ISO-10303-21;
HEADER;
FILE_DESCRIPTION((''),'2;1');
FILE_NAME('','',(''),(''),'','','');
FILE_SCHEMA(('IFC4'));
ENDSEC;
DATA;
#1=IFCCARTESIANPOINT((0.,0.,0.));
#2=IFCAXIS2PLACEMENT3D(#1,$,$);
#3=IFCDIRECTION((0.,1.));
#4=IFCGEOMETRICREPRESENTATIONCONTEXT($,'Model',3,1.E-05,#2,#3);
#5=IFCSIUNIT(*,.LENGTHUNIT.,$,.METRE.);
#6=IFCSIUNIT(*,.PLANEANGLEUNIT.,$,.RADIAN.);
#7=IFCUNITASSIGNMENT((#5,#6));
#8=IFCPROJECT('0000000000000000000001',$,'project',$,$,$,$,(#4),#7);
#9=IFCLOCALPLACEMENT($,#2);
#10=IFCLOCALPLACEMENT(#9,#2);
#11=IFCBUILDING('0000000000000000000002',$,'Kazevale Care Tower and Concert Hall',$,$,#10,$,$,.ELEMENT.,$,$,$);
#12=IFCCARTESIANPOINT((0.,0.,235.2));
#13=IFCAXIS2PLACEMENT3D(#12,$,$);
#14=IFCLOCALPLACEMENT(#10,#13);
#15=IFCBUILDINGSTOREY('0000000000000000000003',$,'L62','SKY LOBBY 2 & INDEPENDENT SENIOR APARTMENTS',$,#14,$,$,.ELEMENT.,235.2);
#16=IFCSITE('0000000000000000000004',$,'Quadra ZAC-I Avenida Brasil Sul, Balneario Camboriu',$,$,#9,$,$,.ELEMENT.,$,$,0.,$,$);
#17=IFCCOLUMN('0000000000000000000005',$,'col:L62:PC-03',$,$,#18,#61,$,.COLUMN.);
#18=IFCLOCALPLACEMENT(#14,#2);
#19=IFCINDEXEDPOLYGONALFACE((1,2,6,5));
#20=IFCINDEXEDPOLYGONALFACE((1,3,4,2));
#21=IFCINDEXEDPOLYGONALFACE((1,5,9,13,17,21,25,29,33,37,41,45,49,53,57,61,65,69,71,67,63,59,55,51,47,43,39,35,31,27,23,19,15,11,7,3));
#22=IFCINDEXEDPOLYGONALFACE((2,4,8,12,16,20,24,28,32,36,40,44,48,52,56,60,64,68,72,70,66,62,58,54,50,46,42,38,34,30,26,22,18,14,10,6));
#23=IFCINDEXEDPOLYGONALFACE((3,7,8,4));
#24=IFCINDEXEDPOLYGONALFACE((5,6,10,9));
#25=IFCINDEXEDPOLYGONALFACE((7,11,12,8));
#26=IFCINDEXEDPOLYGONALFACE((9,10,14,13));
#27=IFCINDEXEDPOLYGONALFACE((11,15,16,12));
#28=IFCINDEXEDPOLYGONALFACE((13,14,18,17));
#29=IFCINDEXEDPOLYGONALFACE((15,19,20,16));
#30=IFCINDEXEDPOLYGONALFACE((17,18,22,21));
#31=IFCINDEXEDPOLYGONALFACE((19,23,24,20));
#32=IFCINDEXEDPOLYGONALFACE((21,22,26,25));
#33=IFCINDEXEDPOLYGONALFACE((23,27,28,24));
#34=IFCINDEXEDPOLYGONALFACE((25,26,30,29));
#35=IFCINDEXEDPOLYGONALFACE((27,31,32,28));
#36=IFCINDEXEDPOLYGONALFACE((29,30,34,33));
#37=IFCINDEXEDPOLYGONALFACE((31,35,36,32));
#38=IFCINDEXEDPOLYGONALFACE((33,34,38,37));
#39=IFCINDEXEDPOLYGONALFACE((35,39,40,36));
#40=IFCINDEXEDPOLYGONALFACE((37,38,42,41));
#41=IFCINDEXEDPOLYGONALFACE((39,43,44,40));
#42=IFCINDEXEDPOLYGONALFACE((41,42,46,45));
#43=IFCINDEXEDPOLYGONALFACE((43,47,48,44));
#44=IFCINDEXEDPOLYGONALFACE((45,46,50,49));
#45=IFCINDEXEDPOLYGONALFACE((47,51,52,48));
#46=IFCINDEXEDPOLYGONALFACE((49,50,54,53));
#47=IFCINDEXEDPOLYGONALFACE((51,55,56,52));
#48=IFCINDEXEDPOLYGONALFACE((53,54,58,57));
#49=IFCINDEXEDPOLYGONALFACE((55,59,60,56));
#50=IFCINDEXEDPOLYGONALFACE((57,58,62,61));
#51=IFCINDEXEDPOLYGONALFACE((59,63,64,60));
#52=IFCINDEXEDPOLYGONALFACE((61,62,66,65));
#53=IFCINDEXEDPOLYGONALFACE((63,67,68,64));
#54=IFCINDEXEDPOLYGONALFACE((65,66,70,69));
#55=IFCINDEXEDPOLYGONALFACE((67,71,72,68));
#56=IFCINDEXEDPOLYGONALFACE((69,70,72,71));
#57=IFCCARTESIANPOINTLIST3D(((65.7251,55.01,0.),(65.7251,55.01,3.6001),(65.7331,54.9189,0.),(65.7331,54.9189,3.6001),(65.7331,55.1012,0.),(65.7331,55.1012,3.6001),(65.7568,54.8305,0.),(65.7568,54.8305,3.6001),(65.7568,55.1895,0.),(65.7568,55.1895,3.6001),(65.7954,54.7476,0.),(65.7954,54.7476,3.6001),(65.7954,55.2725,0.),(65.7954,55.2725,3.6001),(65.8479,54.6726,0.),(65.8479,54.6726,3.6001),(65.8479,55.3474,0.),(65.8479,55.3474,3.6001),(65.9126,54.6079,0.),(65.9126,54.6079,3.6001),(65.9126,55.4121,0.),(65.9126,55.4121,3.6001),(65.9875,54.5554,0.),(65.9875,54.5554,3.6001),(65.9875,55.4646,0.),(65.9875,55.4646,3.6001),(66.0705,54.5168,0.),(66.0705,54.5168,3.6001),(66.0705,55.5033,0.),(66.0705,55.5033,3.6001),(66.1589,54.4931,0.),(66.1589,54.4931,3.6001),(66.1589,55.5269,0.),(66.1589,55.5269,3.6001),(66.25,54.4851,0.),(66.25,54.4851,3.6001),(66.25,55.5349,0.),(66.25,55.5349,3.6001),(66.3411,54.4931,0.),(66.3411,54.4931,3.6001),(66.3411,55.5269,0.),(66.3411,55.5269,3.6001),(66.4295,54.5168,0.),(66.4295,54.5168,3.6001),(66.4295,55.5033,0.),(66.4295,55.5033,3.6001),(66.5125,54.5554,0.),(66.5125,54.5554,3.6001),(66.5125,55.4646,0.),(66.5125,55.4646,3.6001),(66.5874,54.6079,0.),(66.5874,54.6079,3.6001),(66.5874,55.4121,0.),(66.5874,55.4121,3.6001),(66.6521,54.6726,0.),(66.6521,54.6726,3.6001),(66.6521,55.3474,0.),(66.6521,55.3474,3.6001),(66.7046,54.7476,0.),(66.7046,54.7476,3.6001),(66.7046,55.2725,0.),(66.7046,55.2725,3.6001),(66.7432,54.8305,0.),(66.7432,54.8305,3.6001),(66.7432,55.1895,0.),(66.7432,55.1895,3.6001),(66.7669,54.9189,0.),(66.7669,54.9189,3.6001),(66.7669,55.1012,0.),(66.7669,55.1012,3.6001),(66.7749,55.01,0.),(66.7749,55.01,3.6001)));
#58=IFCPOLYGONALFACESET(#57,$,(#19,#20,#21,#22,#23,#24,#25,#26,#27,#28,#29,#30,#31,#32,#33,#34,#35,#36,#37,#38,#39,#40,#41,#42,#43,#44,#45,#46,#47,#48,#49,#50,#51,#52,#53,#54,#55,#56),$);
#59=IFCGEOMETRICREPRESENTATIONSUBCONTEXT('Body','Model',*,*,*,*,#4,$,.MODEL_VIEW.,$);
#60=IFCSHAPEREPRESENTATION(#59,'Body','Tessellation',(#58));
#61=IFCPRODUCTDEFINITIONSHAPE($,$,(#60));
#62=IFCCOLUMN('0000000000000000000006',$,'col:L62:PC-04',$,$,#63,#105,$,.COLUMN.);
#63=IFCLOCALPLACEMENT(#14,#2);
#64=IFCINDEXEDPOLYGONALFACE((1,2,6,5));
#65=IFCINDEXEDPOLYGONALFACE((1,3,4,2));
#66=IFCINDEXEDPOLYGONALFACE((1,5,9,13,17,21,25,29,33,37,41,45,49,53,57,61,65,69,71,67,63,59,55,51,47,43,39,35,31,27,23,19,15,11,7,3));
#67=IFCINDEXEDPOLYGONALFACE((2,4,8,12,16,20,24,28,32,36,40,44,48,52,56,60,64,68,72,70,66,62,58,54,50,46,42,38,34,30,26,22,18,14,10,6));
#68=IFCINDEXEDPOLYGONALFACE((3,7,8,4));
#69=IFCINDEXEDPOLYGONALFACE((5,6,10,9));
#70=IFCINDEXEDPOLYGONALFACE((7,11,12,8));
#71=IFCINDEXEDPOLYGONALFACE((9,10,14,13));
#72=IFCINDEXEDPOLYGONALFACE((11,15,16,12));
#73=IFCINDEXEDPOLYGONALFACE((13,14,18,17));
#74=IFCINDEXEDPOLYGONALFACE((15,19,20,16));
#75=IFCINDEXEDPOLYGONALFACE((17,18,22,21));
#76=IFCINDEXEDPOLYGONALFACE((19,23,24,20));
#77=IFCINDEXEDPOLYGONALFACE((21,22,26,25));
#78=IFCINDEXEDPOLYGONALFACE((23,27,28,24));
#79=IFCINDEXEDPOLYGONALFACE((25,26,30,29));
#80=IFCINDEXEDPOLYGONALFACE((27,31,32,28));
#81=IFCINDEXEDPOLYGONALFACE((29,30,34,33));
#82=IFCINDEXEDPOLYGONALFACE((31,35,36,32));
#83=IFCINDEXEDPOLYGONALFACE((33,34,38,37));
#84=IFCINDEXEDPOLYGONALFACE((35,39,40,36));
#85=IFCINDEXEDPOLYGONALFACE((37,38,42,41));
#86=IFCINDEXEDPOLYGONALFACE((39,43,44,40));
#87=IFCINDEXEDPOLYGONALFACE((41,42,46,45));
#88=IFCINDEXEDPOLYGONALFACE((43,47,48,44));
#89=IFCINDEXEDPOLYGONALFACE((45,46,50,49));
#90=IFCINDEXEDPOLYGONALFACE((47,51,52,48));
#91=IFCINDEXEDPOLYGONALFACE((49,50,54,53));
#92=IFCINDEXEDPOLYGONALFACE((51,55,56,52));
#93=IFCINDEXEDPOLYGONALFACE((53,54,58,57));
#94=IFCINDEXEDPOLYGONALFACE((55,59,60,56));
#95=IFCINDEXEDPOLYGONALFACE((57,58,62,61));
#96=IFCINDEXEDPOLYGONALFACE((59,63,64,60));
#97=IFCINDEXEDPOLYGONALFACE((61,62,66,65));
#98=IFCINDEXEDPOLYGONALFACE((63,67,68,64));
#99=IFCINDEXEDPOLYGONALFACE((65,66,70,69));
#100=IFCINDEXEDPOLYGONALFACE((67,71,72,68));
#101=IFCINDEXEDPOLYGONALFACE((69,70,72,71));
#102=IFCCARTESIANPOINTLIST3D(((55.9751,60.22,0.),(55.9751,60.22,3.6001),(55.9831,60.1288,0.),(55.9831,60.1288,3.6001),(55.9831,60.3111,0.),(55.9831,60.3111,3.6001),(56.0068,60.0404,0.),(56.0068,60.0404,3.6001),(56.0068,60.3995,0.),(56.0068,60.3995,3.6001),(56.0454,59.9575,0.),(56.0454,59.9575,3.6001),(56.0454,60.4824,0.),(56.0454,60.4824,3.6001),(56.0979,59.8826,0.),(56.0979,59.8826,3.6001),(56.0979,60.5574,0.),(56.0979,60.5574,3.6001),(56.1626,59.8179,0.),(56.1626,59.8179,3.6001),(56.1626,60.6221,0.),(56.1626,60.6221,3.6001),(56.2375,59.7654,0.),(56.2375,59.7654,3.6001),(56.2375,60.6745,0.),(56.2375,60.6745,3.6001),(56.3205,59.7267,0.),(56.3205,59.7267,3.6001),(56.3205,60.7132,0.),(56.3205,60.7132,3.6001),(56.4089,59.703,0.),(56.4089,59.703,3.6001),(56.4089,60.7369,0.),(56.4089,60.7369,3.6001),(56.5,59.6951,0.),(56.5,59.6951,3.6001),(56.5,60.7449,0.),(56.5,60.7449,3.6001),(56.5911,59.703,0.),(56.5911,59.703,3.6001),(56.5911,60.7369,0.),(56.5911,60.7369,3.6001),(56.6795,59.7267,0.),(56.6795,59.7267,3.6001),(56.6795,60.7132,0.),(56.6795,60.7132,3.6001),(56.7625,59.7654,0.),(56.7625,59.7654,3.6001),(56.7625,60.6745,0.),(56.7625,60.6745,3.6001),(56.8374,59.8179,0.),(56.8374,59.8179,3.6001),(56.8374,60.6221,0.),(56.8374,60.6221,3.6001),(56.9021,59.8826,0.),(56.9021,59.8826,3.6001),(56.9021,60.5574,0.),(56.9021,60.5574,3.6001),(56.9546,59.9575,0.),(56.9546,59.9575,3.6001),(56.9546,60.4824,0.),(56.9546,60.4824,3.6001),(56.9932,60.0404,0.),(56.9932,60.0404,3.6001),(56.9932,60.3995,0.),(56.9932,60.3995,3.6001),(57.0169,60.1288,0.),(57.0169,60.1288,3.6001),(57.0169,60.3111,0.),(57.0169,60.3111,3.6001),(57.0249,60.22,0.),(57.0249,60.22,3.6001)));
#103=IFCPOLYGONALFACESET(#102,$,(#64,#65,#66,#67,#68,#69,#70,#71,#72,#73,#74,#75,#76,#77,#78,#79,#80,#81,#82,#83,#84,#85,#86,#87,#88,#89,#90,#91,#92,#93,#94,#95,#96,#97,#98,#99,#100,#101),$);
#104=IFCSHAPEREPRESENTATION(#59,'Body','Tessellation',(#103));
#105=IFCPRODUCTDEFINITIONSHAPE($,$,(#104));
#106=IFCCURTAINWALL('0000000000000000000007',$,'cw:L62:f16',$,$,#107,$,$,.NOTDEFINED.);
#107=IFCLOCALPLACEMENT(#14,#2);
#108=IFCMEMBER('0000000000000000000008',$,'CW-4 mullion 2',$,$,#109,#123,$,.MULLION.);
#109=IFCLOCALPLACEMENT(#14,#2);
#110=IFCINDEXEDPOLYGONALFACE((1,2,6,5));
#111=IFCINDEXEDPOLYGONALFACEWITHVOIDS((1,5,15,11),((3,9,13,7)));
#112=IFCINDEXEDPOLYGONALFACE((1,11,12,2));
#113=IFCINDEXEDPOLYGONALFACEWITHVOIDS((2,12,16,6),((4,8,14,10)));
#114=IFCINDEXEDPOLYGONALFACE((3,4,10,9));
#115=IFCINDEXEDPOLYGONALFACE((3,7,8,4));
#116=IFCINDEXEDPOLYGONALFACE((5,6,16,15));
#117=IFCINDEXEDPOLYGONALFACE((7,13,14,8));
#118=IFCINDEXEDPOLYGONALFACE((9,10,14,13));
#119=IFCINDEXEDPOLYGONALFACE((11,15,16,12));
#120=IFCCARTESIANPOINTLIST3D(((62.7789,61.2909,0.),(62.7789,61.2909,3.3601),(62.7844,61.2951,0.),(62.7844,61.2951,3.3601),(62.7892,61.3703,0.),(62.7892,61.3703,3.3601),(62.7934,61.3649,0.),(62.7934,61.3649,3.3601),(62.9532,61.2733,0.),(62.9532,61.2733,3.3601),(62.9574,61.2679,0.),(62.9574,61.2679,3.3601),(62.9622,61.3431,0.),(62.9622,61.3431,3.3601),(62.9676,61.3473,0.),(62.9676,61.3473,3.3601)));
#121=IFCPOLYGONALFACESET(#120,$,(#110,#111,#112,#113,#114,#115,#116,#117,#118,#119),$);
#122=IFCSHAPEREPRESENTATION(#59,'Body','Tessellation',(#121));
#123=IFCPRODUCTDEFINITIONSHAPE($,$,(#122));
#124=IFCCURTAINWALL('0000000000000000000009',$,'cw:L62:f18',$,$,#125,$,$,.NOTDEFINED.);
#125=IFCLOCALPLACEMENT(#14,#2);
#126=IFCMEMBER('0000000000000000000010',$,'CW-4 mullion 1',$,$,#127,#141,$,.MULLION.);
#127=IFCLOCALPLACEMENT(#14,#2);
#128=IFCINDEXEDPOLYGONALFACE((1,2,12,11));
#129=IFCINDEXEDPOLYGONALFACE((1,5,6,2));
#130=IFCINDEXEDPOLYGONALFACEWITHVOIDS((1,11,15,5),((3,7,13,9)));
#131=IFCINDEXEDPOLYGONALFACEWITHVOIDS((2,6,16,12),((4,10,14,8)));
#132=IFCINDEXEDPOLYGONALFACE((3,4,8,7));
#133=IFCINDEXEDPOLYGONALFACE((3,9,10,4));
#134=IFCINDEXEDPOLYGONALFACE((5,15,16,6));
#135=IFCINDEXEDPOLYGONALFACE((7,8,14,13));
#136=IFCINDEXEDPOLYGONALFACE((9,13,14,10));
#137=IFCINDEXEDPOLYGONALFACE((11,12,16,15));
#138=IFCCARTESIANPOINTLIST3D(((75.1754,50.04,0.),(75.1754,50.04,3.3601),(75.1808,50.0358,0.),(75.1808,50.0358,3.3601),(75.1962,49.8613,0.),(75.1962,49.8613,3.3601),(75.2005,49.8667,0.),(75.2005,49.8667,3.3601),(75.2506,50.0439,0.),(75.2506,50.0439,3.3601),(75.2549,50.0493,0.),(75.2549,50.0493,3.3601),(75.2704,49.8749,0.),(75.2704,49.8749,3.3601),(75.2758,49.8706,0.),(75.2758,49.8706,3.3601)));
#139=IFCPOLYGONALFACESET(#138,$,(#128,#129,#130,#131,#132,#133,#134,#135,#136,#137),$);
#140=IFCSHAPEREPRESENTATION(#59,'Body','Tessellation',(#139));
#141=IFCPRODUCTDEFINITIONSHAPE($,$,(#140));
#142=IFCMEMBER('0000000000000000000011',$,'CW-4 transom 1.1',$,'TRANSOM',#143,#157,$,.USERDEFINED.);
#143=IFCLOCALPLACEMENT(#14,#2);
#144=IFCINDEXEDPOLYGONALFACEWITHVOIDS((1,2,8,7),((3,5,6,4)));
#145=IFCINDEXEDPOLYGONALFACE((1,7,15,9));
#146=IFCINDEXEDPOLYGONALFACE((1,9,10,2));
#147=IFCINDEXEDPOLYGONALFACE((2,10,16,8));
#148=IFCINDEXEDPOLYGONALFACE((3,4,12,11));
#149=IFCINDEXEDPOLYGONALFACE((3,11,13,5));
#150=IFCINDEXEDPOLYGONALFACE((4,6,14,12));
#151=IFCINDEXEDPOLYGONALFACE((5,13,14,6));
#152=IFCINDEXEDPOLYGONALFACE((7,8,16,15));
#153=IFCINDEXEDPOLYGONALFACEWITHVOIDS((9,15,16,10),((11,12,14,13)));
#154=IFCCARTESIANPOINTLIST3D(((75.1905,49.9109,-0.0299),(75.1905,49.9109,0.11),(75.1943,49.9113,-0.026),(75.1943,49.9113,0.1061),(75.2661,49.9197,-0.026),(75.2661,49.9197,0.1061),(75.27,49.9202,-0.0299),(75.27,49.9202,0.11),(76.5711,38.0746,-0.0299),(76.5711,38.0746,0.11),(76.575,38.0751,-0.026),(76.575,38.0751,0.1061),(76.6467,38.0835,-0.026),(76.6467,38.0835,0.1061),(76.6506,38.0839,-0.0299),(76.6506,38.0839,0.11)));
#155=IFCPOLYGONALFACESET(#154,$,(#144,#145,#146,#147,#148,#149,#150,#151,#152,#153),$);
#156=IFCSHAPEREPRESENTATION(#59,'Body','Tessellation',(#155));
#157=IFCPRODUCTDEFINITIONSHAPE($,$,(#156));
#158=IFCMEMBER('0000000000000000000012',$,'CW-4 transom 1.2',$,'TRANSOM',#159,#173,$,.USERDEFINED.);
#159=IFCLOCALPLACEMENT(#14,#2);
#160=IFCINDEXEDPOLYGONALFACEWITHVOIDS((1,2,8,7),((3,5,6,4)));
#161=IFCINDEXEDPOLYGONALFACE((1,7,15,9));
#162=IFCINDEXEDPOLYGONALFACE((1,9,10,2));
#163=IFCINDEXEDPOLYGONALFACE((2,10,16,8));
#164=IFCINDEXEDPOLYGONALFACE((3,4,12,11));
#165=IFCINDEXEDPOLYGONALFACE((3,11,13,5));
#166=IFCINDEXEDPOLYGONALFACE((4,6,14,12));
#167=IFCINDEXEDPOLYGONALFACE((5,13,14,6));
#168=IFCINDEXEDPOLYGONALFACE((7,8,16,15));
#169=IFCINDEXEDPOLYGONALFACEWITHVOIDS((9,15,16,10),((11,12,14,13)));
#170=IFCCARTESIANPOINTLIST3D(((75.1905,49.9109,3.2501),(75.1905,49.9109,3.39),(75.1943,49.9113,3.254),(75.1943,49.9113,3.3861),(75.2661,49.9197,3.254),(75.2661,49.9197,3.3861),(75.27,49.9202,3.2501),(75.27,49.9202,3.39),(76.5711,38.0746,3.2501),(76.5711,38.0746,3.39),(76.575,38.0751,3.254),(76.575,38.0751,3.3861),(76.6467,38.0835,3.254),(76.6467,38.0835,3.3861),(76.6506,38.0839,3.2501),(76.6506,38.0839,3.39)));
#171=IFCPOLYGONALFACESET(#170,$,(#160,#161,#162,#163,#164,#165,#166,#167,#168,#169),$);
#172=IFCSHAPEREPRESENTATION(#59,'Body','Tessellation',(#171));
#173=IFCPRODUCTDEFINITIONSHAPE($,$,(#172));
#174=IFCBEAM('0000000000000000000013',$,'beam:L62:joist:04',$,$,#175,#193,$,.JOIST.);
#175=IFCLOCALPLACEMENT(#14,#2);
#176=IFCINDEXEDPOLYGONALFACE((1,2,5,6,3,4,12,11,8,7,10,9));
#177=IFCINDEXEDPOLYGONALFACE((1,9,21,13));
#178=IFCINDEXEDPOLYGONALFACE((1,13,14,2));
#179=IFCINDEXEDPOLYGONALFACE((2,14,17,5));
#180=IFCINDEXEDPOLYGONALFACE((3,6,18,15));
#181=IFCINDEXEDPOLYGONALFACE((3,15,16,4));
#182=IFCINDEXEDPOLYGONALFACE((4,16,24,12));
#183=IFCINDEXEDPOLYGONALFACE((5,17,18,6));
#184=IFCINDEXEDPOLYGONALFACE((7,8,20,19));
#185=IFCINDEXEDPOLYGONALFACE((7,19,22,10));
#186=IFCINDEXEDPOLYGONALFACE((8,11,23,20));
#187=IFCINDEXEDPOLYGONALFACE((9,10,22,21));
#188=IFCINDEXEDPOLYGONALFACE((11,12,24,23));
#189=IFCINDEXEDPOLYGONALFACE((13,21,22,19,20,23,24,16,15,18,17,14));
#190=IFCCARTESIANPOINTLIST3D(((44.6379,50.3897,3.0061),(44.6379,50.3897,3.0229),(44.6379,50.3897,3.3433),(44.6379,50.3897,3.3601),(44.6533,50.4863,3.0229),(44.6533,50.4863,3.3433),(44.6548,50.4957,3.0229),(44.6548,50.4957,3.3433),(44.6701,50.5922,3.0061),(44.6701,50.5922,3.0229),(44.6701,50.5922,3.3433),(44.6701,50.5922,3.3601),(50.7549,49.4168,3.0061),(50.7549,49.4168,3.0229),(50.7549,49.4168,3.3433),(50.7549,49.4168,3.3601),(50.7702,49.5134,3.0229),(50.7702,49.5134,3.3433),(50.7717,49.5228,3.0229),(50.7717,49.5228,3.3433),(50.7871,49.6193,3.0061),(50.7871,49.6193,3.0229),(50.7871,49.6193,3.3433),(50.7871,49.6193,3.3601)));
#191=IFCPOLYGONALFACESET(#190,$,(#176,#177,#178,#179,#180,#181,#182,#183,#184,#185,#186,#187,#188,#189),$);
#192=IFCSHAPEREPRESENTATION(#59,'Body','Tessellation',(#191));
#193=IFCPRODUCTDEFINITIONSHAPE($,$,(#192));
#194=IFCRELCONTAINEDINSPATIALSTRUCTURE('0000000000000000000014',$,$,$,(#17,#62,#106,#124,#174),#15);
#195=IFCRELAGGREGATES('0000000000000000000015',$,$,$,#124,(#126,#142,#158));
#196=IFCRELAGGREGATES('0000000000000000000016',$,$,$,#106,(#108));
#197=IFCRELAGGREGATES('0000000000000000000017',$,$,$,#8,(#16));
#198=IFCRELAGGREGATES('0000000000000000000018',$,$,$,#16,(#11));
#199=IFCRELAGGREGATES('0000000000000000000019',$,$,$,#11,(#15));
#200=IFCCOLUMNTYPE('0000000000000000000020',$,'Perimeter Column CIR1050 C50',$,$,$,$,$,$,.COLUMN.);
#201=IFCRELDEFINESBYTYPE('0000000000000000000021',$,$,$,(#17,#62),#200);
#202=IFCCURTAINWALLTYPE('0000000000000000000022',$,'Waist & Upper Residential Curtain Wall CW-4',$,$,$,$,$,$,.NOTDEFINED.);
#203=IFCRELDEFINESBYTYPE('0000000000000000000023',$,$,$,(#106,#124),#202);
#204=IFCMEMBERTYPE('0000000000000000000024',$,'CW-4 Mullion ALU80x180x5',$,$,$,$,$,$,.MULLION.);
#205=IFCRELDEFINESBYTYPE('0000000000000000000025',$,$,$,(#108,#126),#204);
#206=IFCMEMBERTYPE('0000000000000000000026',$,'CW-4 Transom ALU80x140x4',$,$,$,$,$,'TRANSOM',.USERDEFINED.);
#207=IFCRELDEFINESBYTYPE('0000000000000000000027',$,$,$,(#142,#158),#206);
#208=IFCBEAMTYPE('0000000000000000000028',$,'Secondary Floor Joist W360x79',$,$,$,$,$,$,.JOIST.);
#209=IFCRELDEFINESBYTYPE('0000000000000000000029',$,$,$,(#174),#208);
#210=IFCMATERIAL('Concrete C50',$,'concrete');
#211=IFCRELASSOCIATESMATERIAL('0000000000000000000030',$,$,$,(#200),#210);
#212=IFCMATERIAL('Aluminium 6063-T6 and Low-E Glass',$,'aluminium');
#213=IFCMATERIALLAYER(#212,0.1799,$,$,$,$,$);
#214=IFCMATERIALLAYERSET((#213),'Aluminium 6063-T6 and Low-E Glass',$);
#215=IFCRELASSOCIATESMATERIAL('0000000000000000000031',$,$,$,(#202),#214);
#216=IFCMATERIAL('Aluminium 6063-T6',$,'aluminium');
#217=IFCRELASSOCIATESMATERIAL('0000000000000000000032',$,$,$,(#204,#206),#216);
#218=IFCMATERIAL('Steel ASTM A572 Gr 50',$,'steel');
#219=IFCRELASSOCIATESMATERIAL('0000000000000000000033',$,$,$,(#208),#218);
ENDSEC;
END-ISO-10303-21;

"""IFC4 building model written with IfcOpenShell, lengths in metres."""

from ifc_helpers import new_model, si_unit, direction, frame, origin, origin_2d, place, context, subcontext, project, spatial, hollow_rectangle, circle, i_section, extrude, material, layer, layer_set, material_profile, profile_set, type_object, element, aggregate, save


model = new_model("IFC4")

# Units and contexts
model_context = context("Model", 3, precision=1e-05, world=origin(), true_north=direction((0.0, 1.0)))
body_context = subcontext(model_context, "Body", "Model", "MODEL_VIEW")
ifc_project = project(units=[si_unit("LENGTHUNIT", "METRE"), si_unit("PLANEANGLEUNIT", "RADIAN")], contexts=[model_context])

# Site, building, storey
site_placement = place(None, origin())
site = spatial("IfcSite", under=ifc_project, at=site_placement, Name="Quadra ZAC-I Avenida Brasil Sul, Balneario Camboriu", CompositionType="ELEMENT", RefElevation=0.0)
building_placement = place(site_placement, origin())
building = spatial("IfcBuilding", under=site, at=building_placement, Name="Kazevale Care Tower and Concert Hall", CompositionType="ELEMENT")
storey_placement = place(building_placement, frame((0.0, 0.0, 235.2)))
storey = spatial("IfcBuildingStorey", under=building, at=storey_placement, Name="L62", Description="SKY LOBBY 2 & INDEPENDENT SENIOR APARTMENTS", CompositionType="ELEMENT", Elevation=235.2)

# Columns
ifc_material_1 = material(Name="Concrete C50", Category="concrete")
ifc_material_profile_1 = material_profile(ifc_material_1, circle(Radius=0.5249, at=origin_2d()), Name="RC-CIR1050")
ifc_profile_set_1 = profile_set([ifc_material_profile_1], Name="Concrete C50")
column_type = type_object("IfcColumnType", Name="Perimeter Column CIR1050 C50", PredefinedType="COLUMN", material=ifc_profile_set_1)
for number, where, z_axis, x_axis, name in (
    (1, (66.25, 55.01, 0.0), (0.0, 0.0, 1.0), (1.0, 0.0, 0.0), "col:L62:PC-03"),
    (2, (56.5, 60.22, 0.0), (0.0, 0.0, 1.0), (1.0, 0.0, 0.0), "col:L62:PC-04"),
):
    element("IfcColumn", number, at=place(storey_placement, frame(where, z_axis=z_axis, x_axis=x_axis)), inside=storey, type_object=column_type, Name=name, PredefinedType="COLUMN", context=body_context, shape_type="SweptSolid", body=[
        extrude(circle(Radius=0.5249, at=origin_2d()), origin(), (0.0, 0.0, 1.0), 3.6001),
    ])

# Curtain wall, member
ifc_material_2 = material(Name="Aluminium 6063-T6 and Low-E Glass", Category="aluminium")
ifc_layer_1 = layer(ifc_material_2, 0.1799)
ifc_layer_set_1 = layer_set([ifc_layer_1], Name="Aluminium 6063-T6 and Low-E Glass")
curtain_wall_type = type_object("IfcCurtainWallType", Name="Waist & Upper Residential Curtain Wall CW-4", PredefinedType="NOTDEFINED", material=ifc_layer_set_1)
curtain_wall_1_placement = place(storey_placement, origin())
curtain_wall_1 = element("IfcCurtainWall", 3, at=curtain_wall_1_placement, inside=storey, type_object=curtain_wall_type, Name="cw:L62:f16", PredefinedType="NOTDEFINED")
ifc_material_3 = material(Name="Aluminium 6063-T6", Category="aluminium")
ifc_material_profile_2 = material_profile(ifc_material_3, hollow_rectangle(XDim=0.0801, YDim=0.1799, WallThickness=0.0049, at=origin_2d()), Name="ALU80x180x5")
ifc_profile_set_2 = profile_set([ifc_material_profile_2], Name="Aluminium 6063-T6")
member_type_1 = type_object("IfcMemberType", Name="CW-4 Mullion ALU80x180x5", PredefinedType="MULLION", material=ifc_profile_set_2)
member_1_placement = place(storey_placement, frame((62.8733, 61.3191, 0.0), z_axis=(0.0, 0.0, 1.0), x_axis=(0.128098, 0.991761, 0.0)))
member_1 = element("IfcMember", 4, at=member_1_placement, type_object=member_type_1, Name="CW-4 mullion 2", PredefinedType="MULLION", context=body_context, shape_type="SweptSolid", body=[
    extrude(hollow_rectangle(XDim=0.0801, YDim=0.1799, WallThickness=0.0049, at=origin_2d()), origin(), (0.0, 0.0, 1.0), 3.3601),
])

# Curtain wall, members
curtain_wall_2_placement = place(storey_placement, origin())
curtain_wall_2 = element("IfcCurtainWall", 5, at=curtain_wall_2_placement, inside=storey, type_object=curtain_wall_type, Name="cw:L62:f18", PredefinedType="NOTDEFINED")
member_2_placement = place(storey_placement, frame((75.2256, 49.9553, 0.0), z_axis=(0.0, 0.0, 1.0), x_axis=(0.993267, 0.115847, 0.0)))
member_2 = element("IfcMember", 6, at=member_2_placement, type_object=member_type_1, Name="CW-4 mullion 1", PredefinedType="MULLION", context=body_context, shape_type="SweptSolid", body=[
    extrude(hollow_rectangle(XDim=0.0801, YDim=0.1799, WallThickness=0.0049, at=origin_2d()), origin(), (0.0, 0.0, 1.0), 3.3601),
])
ifc_material_profile_3 = material_profile(ifc_material_3, hollow_rectangle(XDim=0.0801, YDim=0.1399, WallThickness=0.0039, at=origin_2d()), Name="ALU80x140x4")
ifc_profile_set_3 = profile_set([ifc_material_profile_3], Name="Aluminium 6063-T6")
member_type_2 = type_object("IfcMemberType", Name="CW-4 Transom ALU80x140x4", ElementType="TRANSOM", PredefinedType="USERDEFINED", material=ifc_profile_set_3)
member_3_placement = place(storey_placement, frame((75.2302, 49.9155, 0.04), z_axis=(0.115858, -0.993266, 0.0), x_axis=(0.993266, 0.115858, 0.0)))
member_3 = element("IfcMember", 7, at=member_3_placement, type_object=member_type_2, Name="CW-4 transom 1.1", ObjectType="TRANSOM", PredefinedType="USERDEFINED", context=body_context, shape_type="SweptSolid", body=[
    extrude(hollow_rectangle(XDim=0.0801, YDim=0.1399, WallThickness=0.0039, at=origin_2d()), origin(), (0.0, 0.0, 1.0), 11.9165),
])
member_4_placement = place(storey_placement, frame((75.2302, 49.9155, 3.3201), z_axis=(0.115858, -0.993266, 0.0), x_axis=(0.993266, 0.115858, 0.0)))
member_4 = element("IfcMember", 8, at=member_4_placement, type_object=member_type_2, Name="CW-4 transom 1.2", ObjectType="TRANSOM", PredefinedType="USERDEFINED", context=body_context, shape_type="SweptSolid", body=[
    extrude(hollow_rectangle(XDim=0.0801, YDim=0.1399, WallThickness=0.0039, at=origin_2d()), origin(), (0.0, 0.0, 1.0), 11.9165),
])
aggregate(curtain_wall_2, [member_2, member_3, member_4])

# Beam
ifc_material_4 = material(Name="Steel ASTM A572 Gr 50", Category="steel")
ifc_material_profile_4 = material_profile(ifc_material_4, i_section(OverallWidth=0.2051, OverallDepth=0.354, WebThickness=0.0095, FlangeThickness=0.0168, at=origin_2d()), Name="W360x79")
ifc_profile_set_4 = profile_set([ifc_material_profile_4], Name="Steel ASTM A572 Gr 50")
beam_type_1 = type_object("IfcBeamType", Name="Secondary Floor Joist W360x79", PredefinedType="JOIST", material=ifc_profile_set_4)
beam_1_placement = place(storey_placement, frame((50.771, 49.5181, 3.1831), z_axis=(-0.987587, 0.157076, 0.0), x_axis=(-0.157076, -0.987587, 0.0)))
element("IfcBeam", 9, at=beam_1_placement, inside=storey, type_object=beam_type_1, Name="beam:L62:joist:04", PredefinedType="JOIST", context=body_context, shape_type="SweptSolid", body=[
    extrude(i_section(OverallWidth=0.2051, OverallDepth=0.354, WebThickness=0.0095, FlangeThickness=0.0168, at=origin_2d()), origin(), (0.0, 0.0, 1.0), 6.1938),
])

aggregate(curtain_wall_1, [member_1])

save(model, "model.ifc")
